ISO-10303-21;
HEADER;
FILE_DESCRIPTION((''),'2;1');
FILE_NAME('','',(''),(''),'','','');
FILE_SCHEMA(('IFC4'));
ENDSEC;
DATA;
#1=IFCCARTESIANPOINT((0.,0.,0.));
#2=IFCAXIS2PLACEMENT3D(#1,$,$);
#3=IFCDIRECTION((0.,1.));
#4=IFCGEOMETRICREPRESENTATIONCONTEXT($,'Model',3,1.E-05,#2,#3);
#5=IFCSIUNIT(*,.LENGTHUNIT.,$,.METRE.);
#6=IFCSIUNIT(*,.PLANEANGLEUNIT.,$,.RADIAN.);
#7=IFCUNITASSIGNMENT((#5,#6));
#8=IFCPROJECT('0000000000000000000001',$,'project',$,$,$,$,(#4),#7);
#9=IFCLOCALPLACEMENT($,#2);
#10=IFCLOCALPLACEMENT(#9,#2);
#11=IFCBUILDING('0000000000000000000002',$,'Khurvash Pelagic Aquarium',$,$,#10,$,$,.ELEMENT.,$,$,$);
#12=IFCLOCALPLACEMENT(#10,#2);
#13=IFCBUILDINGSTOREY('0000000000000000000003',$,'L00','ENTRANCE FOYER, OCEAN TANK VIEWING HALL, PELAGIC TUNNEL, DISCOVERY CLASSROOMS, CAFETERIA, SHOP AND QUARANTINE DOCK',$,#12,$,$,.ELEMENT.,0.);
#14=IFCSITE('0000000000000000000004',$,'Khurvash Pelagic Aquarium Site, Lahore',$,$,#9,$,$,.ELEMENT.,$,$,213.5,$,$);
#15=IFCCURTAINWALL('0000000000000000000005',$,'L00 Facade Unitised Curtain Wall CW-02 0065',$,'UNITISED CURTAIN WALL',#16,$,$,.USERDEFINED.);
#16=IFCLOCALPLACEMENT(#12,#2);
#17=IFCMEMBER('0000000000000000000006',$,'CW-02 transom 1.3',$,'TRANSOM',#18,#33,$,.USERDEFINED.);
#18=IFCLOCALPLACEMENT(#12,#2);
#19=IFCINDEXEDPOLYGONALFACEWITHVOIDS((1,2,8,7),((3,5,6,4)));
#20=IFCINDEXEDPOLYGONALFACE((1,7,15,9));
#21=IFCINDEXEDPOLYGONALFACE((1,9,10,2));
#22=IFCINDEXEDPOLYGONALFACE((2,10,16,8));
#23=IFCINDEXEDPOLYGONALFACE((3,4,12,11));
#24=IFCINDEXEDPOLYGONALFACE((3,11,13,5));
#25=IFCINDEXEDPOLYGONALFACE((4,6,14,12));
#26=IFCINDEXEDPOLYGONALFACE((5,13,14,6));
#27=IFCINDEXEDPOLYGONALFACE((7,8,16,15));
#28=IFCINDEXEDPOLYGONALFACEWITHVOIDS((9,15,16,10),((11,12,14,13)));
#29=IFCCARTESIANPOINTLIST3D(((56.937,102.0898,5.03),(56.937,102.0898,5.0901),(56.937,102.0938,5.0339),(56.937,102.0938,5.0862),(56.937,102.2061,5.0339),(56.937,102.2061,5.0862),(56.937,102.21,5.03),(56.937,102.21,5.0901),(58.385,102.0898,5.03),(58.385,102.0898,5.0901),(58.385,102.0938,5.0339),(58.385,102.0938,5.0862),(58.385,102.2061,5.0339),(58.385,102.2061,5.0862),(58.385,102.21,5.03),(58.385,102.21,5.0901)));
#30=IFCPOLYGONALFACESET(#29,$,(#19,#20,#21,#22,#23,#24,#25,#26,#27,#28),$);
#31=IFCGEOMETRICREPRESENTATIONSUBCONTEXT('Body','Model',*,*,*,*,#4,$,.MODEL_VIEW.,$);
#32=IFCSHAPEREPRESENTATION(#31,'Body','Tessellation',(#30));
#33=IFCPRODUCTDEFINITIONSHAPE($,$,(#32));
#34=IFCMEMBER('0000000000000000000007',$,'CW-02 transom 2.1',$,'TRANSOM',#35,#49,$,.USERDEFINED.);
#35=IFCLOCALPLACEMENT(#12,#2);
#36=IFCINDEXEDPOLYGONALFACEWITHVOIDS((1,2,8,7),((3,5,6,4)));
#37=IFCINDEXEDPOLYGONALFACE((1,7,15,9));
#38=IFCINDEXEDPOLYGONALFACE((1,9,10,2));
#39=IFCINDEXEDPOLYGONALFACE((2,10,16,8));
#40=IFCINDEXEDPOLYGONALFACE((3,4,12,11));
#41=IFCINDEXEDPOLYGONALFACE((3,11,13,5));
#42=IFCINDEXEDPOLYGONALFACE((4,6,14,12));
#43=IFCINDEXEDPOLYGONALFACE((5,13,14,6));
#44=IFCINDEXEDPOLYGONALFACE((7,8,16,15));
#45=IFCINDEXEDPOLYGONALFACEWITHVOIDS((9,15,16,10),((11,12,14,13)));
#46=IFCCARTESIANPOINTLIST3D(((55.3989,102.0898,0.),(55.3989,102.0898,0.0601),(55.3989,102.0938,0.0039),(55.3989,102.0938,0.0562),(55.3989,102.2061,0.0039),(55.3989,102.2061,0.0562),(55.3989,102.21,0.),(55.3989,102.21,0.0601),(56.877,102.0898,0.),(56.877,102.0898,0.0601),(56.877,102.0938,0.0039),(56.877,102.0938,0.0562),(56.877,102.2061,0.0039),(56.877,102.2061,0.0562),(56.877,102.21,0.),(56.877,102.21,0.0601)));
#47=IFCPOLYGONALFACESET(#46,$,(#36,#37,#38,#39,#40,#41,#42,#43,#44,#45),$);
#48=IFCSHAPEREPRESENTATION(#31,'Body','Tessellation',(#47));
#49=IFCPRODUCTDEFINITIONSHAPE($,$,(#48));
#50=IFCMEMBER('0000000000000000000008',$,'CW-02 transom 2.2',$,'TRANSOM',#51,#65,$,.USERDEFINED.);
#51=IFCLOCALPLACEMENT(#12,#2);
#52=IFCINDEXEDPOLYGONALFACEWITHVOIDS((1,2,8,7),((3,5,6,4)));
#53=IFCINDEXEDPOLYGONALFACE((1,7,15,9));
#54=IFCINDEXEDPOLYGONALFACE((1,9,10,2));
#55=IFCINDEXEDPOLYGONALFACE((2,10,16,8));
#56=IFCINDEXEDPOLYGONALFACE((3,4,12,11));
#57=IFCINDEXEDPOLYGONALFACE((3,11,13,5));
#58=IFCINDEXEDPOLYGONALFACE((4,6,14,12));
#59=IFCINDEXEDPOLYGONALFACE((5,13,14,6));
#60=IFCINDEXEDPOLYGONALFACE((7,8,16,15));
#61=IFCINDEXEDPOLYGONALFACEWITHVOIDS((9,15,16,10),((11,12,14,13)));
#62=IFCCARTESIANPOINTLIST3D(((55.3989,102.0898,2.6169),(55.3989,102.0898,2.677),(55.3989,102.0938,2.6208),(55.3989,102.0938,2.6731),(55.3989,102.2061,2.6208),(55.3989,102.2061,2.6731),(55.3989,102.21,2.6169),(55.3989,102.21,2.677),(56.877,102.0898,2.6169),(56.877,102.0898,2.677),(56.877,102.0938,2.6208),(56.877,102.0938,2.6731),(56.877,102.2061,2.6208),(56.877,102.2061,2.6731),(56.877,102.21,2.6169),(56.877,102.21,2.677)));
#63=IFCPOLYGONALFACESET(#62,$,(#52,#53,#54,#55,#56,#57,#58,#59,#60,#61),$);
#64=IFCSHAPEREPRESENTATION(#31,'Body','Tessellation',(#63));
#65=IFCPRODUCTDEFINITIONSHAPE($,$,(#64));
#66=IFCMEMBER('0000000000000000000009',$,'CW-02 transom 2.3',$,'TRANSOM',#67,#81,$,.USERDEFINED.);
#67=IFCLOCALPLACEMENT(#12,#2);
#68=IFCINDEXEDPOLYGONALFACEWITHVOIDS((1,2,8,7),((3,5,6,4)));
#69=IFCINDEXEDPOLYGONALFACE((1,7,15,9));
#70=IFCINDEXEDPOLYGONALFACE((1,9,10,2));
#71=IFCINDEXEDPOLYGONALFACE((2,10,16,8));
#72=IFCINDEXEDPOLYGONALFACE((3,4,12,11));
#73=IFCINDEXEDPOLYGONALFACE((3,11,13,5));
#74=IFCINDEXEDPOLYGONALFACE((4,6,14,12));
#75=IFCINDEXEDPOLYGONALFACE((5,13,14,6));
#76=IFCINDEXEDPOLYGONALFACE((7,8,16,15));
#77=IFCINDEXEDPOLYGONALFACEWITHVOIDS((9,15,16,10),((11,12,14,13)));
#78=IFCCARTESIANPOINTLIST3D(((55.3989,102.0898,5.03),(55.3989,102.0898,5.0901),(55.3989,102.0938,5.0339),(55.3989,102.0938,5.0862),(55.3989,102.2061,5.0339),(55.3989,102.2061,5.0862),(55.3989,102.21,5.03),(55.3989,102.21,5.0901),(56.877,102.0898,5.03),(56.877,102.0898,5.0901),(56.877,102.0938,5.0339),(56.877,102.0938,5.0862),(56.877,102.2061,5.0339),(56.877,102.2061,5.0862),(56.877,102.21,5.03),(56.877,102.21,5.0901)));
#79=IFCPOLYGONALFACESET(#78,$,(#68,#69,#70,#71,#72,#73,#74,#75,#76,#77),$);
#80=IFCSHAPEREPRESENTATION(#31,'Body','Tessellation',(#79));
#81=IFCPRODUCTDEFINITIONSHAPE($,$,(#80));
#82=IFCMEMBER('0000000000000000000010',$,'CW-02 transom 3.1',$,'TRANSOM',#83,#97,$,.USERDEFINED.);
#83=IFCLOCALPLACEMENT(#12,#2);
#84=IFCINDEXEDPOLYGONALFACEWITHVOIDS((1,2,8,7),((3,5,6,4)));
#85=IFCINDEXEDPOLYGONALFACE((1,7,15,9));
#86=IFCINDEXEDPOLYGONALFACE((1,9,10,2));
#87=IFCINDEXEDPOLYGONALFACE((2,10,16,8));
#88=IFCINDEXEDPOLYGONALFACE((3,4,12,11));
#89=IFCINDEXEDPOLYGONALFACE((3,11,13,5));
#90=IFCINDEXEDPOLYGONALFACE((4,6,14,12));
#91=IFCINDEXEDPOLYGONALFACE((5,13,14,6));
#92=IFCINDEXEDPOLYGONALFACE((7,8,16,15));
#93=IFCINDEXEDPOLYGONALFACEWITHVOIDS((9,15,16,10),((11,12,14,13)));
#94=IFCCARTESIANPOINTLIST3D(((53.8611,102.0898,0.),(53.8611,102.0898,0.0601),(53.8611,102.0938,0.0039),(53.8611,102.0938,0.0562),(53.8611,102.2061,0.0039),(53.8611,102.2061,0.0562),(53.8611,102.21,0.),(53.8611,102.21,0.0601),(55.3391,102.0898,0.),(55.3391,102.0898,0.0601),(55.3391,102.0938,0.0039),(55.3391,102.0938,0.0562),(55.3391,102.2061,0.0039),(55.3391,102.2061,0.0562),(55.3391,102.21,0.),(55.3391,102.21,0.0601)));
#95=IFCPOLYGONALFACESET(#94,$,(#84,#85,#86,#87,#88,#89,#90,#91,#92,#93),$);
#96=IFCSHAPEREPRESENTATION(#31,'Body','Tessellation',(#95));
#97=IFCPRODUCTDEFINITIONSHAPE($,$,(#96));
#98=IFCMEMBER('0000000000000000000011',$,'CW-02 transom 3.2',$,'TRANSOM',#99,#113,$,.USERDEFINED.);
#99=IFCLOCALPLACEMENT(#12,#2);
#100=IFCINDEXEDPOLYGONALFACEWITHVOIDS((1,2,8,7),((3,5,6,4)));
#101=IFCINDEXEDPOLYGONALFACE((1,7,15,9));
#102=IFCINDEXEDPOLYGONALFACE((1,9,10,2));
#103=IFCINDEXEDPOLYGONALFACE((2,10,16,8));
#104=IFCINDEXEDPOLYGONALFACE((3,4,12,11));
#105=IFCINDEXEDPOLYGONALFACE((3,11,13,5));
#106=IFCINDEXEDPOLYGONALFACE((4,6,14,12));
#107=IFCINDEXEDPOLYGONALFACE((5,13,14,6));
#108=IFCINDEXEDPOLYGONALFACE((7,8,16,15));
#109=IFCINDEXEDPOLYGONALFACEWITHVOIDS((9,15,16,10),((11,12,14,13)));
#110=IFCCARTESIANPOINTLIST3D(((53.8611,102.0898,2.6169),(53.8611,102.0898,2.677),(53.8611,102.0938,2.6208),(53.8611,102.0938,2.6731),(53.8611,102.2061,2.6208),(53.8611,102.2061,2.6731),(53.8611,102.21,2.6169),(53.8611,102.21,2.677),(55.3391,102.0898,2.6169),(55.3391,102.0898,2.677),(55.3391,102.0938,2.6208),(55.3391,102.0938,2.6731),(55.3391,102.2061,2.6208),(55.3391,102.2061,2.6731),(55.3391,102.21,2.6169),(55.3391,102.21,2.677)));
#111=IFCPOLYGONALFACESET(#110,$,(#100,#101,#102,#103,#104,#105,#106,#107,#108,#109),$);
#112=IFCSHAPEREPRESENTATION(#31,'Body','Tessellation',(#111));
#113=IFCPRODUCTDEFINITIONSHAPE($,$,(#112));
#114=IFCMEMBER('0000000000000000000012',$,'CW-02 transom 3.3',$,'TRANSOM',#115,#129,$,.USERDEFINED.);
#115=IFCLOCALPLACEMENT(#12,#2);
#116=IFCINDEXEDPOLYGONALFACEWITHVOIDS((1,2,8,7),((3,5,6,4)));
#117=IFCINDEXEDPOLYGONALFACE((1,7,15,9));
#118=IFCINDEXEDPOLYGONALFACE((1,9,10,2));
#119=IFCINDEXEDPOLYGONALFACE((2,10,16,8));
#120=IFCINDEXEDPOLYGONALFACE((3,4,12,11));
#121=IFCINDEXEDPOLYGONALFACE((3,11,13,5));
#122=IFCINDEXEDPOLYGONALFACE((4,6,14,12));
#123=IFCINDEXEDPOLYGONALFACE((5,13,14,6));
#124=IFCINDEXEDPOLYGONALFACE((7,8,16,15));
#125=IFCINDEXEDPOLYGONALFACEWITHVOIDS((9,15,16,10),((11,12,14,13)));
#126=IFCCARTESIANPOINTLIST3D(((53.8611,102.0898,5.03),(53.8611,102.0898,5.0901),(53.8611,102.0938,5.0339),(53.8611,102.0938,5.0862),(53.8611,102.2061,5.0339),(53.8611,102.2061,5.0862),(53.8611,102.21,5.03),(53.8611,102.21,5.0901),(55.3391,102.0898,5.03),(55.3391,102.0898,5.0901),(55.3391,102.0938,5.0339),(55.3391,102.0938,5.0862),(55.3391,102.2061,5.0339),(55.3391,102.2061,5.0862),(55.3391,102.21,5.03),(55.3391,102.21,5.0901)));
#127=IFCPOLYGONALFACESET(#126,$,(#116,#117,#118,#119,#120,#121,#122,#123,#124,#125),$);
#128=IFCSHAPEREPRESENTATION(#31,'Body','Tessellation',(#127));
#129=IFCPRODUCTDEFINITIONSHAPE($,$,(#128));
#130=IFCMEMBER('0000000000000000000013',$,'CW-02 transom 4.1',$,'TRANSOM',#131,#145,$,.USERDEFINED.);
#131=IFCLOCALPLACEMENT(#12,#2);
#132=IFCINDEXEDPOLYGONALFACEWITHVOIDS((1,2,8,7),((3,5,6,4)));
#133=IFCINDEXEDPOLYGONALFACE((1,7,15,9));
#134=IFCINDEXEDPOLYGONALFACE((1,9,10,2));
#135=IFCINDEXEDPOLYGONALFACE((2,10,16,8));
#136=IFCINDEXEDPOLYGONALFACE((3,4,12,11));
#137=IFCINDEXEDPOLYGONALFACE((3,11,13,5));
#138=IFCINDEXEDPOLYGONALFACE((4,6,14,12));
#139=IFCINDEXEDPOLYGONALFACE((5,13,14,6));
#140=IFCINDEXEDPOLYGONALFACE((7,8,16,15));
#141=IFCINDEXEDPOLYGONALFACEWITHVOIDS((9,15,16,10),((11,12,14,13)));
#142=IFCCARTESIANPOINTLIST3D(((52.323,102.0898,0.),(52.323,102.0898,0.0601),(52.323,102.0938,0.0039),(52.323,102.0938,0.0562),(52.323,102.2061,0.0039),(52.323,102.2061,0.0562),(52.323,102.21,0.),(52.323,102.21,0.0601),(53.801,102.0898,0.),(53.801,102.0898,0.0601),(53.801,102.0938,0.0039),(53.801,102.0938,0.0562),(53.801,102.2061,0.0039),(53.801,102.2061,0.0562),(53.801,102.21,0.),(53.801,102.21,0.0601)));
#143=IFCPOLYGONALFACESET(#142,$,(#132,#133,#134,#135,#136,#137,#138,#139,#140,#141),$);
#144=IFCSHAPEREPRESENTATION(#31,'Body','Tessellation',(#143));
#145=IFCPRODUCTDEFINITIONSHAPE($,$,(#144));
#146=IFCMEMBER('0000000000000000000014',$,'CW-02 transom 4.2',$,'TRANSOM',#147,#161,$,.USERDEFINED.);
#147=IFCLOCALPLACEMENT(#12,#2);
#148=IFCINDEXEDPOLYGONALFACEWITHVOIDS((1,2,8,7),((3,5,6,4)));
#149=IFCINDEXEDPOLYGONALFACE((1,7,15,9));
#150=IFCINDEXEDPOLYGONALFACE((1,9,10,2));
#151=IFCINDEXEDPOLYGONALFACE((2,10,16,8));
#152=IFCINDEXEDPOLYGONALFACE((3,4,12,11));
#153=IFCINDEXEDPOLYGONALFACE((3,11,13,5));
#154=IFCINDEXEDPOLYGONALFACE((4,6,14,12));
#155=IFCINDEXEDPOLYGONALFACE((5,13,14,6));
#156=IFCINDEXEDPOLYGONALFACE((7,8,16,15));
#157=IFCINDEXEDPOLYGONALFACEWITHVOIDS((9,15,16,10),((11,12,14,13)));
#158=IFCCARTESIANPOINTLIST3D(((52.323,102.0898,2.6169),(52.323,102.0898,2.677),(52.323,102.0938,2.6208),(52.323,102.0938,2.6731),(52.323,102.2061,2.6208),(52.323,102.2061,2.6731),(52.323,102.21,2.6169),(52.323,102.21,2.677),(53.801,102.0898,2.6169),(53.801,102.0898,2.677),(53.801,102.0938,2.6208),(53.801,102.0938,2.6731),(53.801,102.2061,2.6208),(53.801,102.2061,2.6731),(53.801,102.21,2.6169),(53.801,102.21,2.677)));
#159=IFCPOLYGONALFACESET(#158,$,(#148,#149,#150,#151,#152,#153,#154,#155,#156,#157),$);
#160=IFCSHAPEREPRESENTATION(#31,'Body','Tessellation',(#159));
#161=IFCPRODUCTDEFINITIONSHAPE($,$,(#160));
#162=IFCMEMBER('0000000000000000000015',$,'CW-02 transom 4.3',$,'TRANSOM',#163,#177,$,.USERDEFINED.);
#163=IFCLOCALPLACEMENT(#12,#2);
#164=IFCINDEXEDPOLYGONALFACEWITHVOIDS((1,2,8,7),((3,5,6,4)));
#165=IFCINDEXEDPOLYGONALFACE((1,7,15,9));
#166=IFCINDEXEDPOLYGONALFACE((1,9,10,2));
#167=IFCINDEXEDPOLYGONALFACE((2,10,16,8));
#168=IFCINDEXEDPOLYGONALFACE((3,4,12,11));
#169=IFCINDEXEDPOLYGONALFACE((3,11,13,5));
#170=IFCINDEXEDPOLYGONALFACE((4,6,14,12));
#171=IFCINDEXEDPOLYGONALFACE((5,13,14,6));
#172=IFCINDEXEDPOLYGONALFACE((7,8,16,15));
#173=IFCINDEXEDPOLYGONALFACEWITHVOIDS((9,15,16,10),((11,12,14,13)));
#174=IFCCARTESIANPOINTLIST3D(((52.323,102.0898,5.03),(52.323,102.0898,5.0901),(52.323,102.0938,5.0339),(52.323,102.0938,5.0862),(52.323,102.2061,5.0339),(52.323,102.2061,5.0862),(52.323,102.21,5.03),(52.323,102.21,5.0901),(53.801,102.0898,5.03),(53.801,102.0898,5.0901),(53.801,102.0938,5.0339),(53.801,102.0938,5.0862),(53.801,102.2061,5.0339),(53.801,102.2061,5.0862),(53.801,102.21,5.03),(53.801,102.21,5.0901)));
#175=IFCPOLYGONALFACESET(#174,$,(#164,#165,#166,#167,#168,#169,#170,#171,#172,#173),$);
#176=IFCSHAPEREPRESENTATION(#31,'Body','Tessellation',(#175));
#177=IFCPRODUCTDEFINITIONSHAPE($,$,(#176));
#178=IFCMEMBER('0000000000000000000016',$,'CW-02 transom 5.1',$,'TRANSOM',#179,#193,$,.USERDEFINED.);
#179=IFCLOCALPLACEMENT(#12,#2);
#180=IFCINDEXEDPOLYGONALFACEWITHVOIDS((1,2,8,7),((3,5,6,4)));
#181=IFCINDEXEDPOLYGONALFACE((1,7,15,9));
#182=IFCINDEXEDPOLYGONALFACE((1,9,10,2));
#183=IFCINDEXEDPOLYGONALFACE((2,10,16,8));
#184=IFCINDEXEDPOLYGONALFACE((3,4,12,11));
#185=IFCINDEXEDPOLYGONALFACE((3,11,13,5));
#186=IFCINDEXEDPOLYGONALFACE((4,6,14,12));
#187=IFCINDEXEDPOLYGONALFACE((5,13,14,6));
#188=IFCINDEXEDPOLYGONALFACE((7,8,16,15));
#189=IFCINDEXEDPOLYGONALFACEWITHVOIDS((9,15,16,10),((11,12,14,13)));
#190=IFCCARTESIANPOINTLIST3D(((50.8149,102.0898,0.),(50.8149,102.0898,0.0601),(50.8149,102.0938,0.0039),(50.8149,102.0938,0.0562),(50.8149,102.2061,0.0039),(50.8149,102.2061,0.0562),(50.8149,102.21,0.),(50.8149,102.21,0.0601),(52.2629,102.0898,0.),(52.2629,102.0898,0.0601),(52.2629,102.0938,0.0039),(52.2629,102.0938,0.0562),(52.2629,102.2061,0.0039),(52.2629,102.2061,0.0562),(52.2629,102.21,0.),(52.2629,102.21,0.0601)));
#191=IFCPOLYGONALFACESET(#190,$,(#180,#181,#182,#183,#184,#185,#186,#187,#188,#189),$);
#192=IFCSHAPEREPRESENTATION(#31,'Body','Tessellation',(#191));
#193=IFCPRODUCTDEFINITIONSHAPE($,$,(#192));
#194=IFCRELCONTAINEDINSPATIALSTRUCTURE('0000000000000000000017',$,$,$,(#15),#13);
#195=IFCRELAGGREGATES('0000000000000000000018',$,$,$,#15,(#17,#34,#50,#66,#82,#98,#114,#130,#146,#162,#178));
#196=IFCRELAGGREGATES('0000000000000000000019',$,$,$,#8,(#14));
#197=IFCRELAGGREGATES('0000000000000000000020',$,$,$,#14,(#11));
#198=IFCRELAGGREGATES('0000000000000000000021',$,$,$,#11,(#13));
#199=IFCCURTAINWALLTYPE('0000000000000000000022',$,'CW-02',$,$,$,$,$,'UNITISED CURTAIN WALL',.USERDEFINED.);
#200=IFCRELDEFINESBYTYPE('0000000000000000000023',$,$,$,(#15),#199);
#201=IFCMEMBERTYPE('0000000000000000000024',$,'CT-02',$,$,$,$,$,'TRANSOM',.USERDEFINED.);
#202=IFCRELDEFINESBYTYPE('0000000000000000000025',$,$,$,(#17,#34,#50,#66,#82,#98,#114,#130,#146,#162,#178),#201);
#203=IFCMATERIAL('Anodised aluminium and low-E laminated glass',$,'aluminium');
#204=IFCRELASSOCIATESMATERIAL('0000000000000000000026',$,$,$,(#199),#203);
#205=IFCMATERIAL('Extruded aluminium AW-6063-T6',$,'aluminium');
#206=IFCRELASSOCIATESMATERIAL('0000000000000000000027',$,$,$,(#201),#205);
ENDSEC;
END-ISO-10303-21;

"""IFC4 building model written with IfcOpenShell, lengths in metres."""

from ifc_helpers import new_model, si_unit, direction, frame, origin, origin_2d, place, context, subcontext, project, spatial, hollow_rectangle, extrude, material, material_profile, profile_set, type_object, element, aggregate, save


model = new_model("IFC4")

# Units and contexts
model_context = context("Model", 3, precision=1e-05, world=origin(), true_north=direction((0.0, 1.0)))
body_context = subcontext(model_context, "Body", "Model", "MODEL_VIEW")
ifc_project = project(units=[si_unit("LENGTHUNIT", "METRE"), si_unit("PLANEANGLEUNIT", "RADIAN")], contexts=[model_context])

# Site, building, storey
site_placement = place(None, origin())
site = spatial("IfcSite", under=ifc_project, at=site_placement, Name="Khurvash Pelagic Aquarium Site, Lahore", CompositionType="ELEMENT", RefElevation=213.5)
building_placement = place(site_placement, origin())
building = spatial("IfcBuilding", under=site, at=building_placement, Name="Khurvash Pelagic Aquarium", CompositionType="ELEMENT")
storey_placement = place(building_placement, origin())
storey = spatial("IfcBuildingStorey", under=building, at=storey_placement, Name="L00", Description="ENTRANCE FOYER, OCEAN TANK VIEWING HALL, PELAGIC TUNNEL, DISCOVERY CLASSROOMS, CAFETERIA, SHOP AND QUARANTINE DOCK", CompositionType="ELEMENT", Elevation=0.0)

# Shared definitions
ifc_material_1 = material(Name="Anodised aluminium and low-E laminated glass", Category="aluminium")
ifc_material_2 = material(Name="Extruded aluminium AW-6063-T6", Category="aluminium")

# Curtain wall, members
curtain_wall_type_1 = type_object("IfcCurtainWallType", Name="CW-02", ElementType="UNITISED CURTAIN WALL", PredefinedType="USERDEFINED", material=ifc_material_1)
curtain_wall_1_placement = place(storey_placement, origin())
curtain_wall_1 = element("IfcCurtainWall", 1, at=curtain_wall_1_placement, inside=storey, type_object=curtain_wall_type_1, Name="L00 Facade Unitised Curtain Wall CW-02 0065", ObjectType="UNITISED CURTAIN WALL", PredefinedType="USERDEFINED")
ifc_material_profile_1 = material_profile(ifc_material_2, hollow_rectangle(XDim=0.1201, YDim=0.0601, WallThickness=0.0039, at=origin_2d()), Name="CWT120X60X4")
ifc_profile_set_1 = profile_set([ifc_material_profile_1], Name="Extruded aluminium AW-6063-T6")
member_type_1 = type_object("IfcMemberType", Name="CT-02", ElementType="TRANSOM", PredefinedType="USERDEFINED", material=ifc_profile_set_1)
member_1_placement = place(storey_placement, frame((58.385, 102.1499, 5.0601), z_axis=(-1.0, 0.0, 0.0), x_axis=(0.0, -1.0, 0.0)))
member_1 = element("IfcMember", 2, at=member_1_placement, type_object=member_type_1, Name="CW-02 transom 1.3", ObjectType="TRANSOM", PredefinedType="USERDEFINED", context=body_context, shape_type="SweptSolid", body=[
    extrude(hollow_rectangle(XDim=0.1201, YDim=0.0601, WallThickness=0.0039, at=origin_2d()), origin(), (0.0, 0.0, 1.0), 1.448),
])
member_2_placement = place(storey_placement, frame((56.877, 102.1499, 0.03), z_axis=(-1.0, 0.0, 0.0), x_axis=(0.0, -1.0, 0.0)))
member_2 = element("IfcMember", 3, at=member_2_placement, type_object=member_type_1, Name="CW-02 transom 2.1", ObjectType="TRANSOM", PredefinedType="USERDEFINED", context=body_context, shape_type="SweptSolid", body=[
    extrude(hollow_rectangle(XDim=0.1201, YDim=0.0601, WallThickness=0.0039, at=origin_2d()), origin(), (0.0, 0.0, 1.0), 1.478),
])
member_3_placement = place(storey_placement, frame((56.877, 102.1499, 2.647), z_axis=(-1.0, 0.0, 0.0), x_axis=(0.0, -1.0, 0.0)))
member_3 = element("IfcMember", 4, at=member_3_placement, type_object=member_type_1, Name="CW-02 transom 2.2", ObjectType="TRANSOM", PredefinedType="USERDEFINED", context=body_context, shape_type="SweptSolid", body=[
    extrude(hollow_rectangle(XDim=0.1201, YDim=0.0601, WallThickness=0.0039, at=origin_2d()), origin(), (0.0, 0.0, 1.0), 1.478),
])
member_4_placement = place(storey_placement, frame((56.877, 102.1499, 5.0601), z_axis=(-1.0, 0.0, 0.0), x_axis=(0.0, -1.0, 0.0)))
member_4 = element("IfcMember", 5, at=member_4_placement, type_object=member_type_1, Name="CW-02 transom 2.3", ObjectType="TRANSOM", PredefinedType="USERDEFINED", context=body_context, shape_type="SweptSolid", body=[
    extrude(hollow_rectangle(XDim=0.1201, YDim=0.0601, WallThickness=0.0039, at=origin_2d()), origin(), (0.0, 0.0, 1.0), 1.478),
])
member_5_placement = place(storey_placement, frame((55.3391, 102.1499, 0.03), z_axis=(-1.0, 0.0, 0.0), x_axis=(0.0, -1.0, 0.0)))
member_5 = element("IfcMember", 6, at=member_5_placement, type_object=member_type_1, Name="CW-02 transom 3.1", ObjectType="TRANSOM", PredefinedType="USERDEFINED", context=body_context, shape_type="SweptSolid", body=[
    extrude(hollow_rectangle(XDim=0.1201, YDim=0.0601, WallThickness=0.0039, at=origin_2d()), origin(), (0.0, 0.0, 1.0), 1.478),
])
member_6_placement = place(storey_placement, frame((55.3391, 102.1499, 2.647), z_axis=(-1.0, 0.0, 0.0), x_axis=(0.0, -1.0, 0.0)))
member_6 = element("IfcMember", 7, at=member_6_placement, type_object=member_type_1, Name="CW-02 transom 3.2", ObjectType="TRANSOM", PredefinedType="USERDEFINED", context=body_context, shape_type="SweptSolid", body=[
    extrude(hollow_rectangle(XDim=0.1201, YDim=0.0601, WallThickness=0.0039, at=origin_2d()), origin(), (0.0, 0.0, 1.0), 1.478),
])
member_7_placement = place(storey_placement, frame((55.3391, 102.1499, 5.0601), z_axis=(-1.0, 0.0, 0.0), x_axis=(0.0, -1.0, 0.0)))
member_7 = element("IfcMember", 8, at=member_7_placement, type_object=member_type_1, Name="CW-02 transom 3.3", ObjectType="TRANSOM", PredefinedType="USERDEFINED", context=body_context, shape_type="SweptSolid", body=[
    extrude(hollow_rectangle(XDim=0.1201, YDim=0.0601, WallThickness=0.0039, at=origin_2d()), origin(), (0.0, 0.0, 1.0), 1.478),
])
member_8_placement = place(storey_placement, frame((53.801, 102.1499, 0.03), z_axis=(-1.0, 0.0, 0.0), x_axis=(0.0, -1.0, 0.0)))
member_8 = element("IfcMember", 9, at=member_8_placement, type_object=member_type_1, Name="CW-02 transom 4.1", ObjectType="TRANSOM", PredefinedType="USERDEFINED", context=body_context, shape_type="SweptSolid", body=[
    extrude(hollow_rectangle(XDim=0.1201, YDim=0.0601, WallThickness=0.0039, at=origin_2d()), origin(), (0.0, 0.0, 1.0), 1.478),
])
member_9_placement = place(storey_placement, frame((53.801, 102.1499, 2.647), z_axis=(-1.0, 0.0, 0.0), x_axis=(0.0, -1.0, 0.0)))
member_9 = element("IfcMember", 10, at=member_9_placement, type_object=member_type_1, Name="CW-02 transom 4.2", ObjectType="TRANSOM", PredefinedType="USERDEFINED", context=body_context, shape_type="SweptSolid", body=[
    extrude(hollow_rectangle(XDim=0.1201, YDim=0.0601, WallThickness=0.0039, at=origin_2d()), origin(), (0.0, 0.0, 1.0), 1.478),
])
member_10_placement = place(storey_placement, frame((53.801, 102.1499, 5.0601), z_axis=(-1.0, 0.0, 0.0), x_axis=(0.0, -1.0, 0.0)))
member_10 = element("IfcMember", 11, at=member_10_placement, type_object=member_type_1, Name="CW-02 transom 4.3", ObjectType="TRANSOM", PredefinedType="USERDEFINED", context=body_context, shape_type="SweptSolid", body=[
    extrude(hollow_rectangle(XDim=0.1201, YDim=0.0601, WallThickness=0.0039, at=origin_2d()), origin(), (0.0, 0.0, 1.0), 1.478),
])
member_11_placement = place(storey_placement, frame((52.2629, 102.1499, 0.03), z_axis=(-1.0, 0.0, 0.0), x_axis=(0.0, -1.0, 0.0)))
member_11 = element("IfcMember", 12, at=member_11_placement, type_object=member_type_1, Name="CW-02 transom 5.1", ObjectType="TRANSOM", PredefinedType="USERDEFINED", context=body_context, shape_type="SweptSolid", body=[
    extrude(hollow_rectangle(XDim=0.1201, YDim=0.0601, WallThickness=0.0039, at=origin_2d()), origin(), (0.0, 0.0, 1.0), 1.448),
])
aggregate(curtain_wall_1, [member_1, member_2, member_3, member_4, member_5, member_6, member_7, member_8, member_9, member_10, member_11])

save(model, "model.ifc")
